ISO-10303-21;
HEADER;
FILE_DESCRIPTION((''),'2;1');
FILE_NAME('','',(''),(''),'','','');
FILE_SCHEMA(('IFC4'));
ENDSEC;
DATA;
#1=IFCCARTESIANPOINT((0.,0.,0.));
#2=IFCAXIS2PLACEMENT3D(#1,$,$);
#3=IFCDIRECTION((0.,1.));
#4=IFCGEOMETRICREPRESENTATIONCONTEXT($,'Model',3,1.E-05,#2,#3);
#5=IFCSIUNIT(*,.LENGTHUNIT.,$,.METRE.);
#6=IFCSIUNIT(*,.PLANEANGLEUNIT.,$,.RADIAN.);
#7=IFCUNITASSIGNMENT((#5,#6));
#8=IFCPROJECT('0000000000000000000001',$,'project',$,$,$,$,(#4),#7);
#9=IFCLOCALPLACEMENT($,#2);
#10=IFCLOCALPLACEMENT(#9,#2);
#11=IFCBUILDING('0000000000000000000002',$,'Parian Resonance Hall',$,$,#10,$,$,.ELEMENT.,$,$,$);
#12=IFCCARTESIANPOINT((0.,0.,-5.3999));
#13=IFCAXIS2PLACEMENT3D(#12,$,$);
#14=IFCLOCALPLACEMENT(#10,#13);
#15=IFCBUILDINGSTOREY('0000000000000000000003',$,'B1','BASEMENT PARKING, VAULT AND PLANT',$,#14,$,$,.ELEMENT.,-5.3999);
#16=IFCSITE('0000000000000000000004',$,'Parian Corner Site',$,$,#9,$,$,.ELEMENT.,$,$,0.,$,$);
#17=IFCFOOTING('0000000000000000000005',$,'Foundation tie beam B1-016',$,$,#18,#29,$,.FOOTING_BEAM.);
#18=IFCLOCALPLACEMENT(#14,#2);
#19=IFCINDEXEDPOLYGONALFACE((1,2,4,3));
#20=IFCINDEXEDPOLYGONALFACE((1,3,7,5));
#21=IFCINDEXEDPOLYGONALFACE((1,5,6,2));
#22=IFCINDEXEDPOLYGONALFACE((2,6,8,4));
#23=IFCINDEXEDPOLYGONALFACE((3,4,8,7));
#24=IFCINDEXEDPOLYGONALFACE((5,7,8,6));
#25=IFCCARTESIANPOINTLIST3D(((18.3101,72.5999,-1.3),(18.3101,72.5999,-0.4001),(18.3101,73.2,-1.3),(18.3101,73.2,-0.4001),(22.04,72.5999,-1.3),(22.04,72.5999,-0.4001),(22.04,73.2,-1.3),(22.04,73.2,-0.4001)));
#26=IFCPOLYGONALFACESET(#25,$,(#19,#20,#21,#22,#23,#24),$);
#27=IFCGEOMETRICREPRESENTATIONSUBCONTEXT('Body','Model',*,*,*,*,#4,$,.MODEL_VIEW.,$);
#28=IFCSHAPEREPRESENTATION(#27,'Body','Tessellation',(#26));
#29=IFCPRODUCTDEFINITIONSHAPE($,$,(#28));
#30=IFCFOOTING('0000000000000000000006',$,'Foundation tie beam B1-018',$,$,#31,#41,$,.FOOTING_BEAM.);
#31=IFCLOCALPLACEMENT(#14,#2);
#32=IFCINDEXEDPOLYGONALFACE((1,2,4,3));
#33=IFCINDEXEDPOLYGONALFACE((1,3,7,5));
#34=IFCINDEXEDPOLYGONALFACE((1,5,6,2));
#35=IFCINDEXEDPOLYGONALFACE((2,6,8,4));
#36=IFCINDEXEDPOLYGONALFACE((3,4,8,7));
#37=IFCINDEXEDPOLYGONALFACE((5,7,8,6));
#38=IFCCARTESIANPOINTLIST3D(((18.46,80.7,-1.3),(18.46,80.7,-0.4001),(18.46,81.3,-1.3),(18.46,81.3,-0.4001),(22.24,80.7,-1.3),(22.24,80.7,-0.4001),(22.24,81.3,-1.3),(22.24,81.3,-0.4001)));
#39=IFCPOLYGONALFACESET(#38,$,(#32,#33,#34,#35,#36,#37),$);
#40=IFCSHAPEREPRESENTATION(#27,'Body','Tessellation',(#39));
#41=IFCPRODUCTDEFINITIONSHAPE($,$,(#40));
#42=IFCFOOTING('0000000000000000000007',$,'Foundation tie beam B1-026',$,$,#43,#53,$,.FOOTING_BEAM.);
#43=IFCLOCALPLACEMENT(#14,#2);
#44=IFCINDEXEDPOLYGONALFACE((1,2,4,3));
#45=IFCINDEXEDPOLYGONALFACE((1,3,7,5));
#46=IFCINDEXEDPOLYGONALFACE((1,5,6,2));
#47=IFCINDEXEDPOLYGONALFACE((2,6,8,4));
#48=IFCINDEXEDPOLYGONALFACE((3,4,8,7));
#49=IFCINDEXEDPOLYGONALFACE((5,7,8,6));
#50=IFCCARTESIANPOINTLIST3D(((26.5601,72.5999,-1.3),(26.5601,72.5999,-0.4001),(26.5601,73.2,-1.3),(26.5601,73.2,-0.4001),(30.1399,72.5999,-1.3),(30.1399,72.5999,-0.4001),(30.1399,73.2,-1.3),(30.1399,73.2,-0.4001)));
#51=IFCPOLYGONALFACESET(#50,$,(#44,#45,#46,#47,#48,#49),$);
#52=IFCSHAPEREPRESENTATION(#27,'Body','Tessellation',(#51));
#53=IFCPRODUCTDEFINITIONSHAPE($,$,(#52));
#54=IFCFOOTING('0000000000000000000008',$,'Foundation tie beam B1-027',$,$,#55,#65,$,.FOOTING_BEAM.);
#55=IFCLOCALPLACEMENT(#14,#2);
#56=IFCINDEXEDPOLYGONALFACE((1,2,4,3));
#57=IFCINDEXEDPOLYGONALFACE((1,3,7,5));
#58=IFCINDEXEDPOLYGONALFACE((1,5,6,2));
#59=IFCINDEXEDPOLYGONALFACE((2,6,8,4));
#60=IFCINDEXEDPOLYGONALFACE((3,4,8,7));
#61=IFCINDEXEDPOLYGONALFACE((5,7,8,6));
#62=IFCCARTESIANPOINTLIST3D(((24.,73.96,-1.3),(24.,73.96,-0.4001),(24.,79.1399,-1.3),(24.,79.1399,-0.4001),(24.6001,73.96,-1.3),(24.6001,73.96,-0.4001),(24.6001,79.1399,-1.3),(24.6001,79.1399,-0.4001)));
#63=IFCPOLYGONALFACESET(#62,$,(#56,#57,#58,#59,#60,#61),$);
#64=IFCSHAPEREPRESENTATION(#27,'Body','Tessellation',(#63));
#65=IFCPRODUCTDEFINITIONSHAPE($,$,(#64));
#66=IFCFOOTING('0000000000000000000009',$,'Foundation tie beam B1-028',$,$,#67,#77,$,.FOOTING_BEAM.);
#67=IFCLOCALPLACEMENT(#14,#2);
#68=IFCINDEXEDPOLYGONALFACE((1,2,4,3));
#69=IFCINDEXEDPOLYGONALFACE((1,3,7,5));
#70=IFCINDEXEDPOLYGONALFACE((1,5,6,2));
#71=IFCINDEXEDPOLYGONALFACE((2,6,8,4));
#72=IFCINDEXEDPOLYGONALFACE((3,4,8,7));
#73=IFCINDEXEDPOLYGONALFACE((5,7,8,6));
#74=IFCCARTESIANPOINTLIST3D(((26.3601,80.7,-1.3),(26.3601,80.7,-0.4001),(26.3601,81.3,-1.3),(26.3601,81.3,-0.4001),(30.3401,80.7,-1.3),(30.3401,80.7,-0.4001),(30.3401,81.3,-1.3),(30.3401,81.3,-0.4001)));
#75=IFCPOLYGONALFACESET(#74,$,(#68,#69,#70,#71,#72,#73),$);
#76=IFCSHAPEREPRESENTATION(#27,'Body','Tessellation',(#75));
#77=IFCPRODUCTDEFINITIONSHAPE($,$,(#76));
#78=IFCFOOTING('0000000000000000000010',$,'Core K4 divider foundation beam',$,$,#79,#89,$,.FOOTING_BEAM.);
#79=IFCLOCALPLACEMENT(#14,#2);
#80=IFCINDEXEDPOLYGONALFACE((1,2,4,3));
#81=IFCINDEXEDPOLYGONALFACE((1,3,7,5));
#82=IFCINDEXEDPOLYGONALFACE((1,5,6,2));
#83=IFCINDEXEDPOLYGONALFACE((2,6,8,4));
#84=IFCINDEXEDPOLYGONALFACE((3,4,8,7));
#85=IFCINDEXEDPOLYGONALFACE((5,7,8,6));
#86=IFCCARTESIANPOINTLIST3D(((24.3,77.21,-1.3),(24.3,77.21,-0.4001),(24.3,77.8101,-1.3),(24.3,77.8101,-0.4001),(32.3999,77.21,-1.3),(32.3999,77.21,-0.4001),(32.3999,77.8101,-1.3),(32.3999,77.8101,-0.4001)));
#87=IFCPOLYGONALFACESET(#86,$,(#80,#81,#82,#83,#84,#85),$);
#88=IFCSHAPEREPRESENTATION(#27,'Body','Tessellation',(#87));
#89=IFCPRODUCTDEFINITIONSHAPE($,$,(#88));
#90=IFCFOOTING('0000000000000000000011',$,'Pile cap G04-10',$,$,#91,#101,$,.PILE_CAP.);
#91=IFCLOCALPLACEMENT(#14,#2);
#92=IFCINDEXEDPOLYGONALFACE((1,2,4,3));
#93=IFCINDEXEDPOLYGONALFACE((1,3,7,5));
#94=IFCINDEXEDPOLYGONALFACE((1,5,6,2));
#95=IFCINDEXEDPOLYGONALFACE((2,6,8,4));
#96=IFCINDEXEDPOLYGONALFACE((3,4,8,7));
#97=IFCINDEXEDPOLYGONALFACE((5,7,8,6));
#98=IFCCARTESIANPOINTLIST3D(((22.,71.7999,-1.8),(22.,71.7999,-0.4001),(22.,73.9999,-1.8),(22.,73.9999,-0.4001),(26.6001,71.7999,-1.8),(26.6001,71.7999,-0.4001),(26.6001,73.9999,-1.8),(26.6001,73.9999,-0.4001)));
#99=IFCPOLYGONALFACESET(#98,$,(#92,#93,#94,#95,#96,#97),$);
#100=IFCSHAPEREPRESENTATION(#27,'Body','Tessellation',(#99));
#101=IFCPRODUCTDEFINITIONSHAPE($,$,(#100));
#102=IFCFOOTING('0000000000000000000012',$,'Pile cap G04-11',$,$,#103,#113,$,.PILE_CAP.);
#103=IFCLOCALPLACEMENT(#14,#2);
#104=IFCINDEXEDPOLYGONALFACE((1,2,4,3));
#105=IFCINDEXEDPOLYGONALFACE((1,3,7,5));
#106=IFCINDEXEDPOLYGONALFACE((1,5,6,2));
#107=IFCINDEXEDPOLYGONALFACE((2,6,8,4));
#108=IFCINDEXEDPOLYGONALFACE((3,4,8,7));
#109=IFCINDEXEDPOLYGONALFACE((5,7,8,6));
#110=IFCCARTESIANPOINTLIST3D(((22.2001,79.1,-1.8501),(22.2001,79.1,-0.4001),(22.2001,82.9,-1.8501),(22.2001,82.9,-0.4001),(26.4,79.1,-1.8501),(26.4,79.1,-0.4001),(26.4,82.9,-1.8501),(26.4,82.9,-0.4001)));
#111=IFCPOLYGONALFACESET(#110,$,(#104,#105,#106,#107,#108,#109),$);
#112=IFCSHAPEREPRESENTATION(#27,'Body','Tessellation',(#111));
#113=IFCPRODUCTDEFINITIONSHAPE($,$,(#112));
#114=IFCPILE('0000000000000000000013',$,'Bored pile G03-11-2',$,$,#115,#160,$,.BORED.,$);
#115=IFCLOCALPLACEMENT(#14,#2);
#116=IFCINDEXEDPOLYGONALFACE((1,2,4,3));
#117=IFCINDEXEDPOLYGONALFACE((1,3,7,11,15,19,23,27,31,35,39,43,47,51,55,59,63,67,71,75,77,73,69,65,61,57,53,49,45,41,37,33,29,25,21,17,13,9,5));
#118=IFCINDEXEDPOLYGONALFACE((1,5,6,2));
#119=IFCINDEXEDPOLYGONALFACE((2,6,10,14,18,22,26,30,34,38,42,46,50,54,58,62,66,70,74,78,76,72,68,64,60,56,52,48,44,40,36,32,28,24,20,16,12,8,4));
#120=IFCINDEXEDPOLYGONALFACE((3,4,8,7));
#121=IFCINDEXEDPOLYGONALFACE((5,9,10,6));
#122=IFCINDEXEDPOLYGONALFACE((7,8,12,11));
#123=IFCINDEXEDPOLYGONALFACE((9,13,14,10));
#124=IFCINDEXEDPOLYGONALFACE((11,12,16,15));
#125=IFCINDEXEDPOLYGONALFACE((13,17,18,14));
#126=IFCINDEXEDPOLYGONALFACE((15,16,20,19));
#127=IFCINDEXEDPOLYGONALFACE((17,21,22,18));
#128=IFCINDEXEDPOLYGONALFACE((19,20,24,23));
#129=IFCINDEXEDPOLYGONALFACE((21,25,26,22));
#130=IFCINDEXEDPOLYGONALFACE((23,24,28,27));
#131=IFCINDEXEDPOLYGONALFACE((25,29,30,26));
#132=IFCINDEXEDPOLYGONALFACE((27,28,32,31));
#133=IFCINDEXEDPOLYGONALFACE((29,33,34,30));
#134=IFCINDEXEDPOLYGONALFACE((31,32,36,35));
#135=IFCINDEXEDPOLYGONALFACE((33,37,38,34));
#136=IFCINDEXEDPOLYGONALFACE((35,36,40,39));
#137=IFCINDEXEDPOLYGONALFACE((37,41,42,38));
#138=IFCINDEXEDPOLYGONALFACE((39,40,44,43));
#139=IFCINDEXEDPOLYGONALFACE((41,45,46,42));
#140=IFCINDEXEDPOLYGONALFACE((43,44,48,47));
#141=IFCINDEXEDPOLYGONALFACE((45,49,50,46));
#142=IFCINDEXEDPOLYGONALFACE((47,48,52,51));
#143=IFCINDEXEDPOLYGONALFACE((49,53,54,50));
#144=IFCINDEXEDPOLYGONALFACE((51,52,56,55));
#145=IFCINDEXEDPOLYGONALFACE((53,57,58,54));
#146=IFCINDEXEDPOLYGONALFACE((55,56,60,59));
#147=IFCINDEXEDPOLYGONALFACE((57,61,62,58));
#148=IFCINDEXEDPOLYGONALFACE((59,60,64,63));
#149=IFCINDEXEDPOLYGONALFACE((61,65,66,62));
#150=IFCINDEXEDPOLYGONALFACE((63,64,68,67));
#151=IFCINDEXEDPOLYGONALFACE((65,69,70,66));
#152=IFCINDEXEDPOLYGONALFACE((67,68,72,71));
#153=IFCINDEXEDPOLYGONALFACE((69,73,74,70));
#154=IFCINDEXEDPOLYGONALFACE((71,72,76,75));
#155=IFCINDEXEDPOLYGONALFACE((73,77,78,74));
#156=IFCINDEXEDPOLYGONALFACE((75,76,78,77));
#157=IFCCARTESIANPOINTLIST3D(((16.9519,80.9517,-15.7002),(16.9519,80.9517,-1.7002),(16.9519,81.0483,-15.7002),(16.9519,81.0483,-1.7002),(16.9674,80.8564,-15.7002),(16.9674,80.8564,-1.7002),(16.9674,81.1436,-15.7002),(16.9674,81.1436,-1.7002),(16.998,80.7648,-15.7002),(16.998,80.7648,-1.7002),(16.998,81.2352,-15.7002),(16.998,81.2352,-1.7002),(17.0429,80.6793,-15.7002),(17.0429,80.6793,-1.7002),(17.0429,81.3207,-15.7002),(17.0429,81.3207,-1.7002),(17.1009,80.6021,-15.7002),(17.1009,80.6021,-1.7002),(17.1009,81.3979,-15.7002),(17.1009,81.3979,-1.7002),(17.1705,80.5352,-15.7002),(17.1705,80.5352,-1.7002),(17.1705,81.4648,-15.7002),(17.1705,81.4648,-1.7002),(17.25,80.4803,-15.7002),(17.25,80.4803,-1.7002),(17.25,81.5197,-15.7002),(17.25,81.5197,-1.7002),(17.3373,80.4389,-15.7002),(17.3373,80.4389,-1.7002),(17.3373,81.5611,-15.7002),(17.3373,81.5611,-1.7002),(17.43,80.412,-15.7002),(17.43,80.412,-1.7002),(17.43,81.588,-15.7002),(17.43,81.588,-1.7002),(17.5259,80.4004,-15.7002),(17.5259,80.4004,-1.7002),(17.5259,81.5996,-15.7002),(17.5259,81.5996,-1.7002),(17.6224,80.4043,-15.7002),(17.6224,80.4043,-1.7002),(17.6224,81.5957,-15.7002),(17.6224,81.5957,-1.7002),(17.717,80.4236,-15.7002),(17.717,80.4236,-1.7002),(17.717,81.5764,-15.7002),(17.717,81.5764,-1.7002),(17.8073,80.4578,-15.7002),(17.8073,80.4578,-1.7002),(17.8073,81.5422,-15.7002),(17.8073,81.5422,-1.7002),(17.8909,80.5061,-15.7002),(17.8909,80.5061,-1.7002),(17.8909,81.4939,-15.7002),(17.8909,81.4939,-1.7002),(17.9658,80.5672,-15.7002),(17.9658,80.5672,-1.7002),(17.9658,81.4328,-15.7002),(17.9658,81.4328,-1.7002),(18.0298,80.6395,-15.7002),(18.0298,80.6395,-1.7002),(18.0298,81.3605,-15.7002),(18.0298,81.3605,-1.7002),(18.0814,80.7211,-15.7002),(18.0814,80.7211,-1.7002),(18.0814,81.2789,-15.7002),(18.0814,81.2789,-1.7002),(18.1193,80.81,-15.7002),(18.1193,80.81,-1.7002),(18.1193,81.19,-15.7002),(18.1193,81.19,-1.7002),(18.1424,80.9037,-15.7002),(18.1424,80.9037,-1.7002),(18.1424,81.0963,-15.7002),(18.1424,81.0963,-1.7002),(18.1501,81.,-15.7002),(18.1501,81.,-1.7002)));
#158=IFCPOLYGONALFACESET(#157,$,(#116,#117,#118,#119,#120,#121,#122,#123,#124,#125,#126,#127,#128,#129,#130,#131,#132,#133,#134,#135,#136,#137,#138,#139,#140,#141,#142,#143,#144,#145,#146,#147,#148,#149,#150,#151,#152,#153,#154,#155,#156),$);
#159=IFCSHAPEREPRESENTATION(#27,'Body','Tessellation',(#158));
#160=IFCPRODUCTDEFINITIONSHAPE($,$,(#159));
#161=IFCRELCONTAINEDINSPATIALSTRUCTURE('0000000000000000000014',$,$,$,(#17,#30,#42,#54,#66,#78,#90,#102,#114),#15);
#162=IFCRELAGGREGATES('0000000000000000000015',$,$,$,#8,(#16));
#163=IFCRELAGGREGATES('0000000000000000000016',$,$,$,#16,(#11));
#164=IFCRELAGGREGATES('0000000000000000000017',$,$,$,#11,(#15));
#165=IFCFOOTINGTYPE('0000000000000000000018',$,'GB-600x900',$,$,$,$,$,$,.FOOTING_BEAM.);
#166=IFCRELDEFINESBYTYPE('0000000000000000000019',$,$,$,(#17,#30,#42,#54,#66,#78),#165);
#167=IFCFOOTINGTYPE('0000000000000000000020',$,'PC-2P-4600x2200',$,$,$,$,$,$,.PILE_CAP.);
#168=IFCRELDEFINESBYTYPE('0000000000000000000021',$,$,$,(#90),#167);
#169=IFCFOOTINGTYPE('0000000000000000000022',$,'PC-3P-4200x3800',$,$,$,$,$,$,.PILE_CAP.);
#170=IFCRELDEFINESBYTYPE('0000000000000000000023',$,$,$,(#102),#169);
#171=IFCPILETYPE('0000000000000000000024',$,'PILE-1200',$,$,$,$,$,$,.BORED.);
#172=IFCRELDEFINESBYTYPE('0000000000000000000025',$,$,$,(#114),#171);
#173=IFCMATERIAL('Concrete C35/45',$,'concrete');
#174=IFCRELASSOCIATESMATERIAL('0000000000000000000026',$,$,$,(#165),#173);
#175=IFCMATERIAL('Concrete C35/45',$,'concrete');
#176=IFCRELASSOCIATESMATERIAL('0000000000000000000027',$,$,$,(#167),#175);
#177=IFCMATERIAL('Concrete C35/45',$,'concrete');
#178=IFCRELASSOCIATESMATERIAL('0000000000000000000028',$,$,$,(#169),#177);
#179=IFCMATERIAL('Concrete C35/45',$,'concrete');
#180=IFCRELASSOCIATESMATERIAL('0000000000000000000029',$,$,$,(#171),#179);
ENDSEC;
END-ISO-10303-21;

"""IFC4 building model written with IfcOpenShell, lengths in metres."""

from ifc_helpers import new_model, si_unit, direction, frame, origin, origin_2d, place, context, subcontext, project, spatial, rectangle, circle, extrude, material, material_profile, profile_set, type_object, element, save


model = new_model("IFC4")

# Units and contexts
model_context = context("Model", 3, precision=1e-05, world=origin(), true_north=direction((0.0, 1.0)))
body_context = subcontext(model_context, "Body", "Model", "MODEL_VIEW")
ifc_project = project(units=[si_unit("LENGTHUNIT", "METRE"), si_unit("PLANEANGLEUNIT", "RADIAN")], contexts=[model_context])

# Site, building, storey
site_placement = place(None, origin())
site = spatial("IfcSite", under=ifc_project, at=site_placement, Name="Parian Corner Site", CompositionType="ELEMENT", RefElevation=0.0)
building_placement = place(site_placement, origin())
building = spatial("IfcBuilding", under=site, at=building_placement, Name="Parian Resonance Hall", CompositionType="ELEMENT")
storey_placement = place(building_placement, frame((0.0, 0.0, -5.3999)))
storey = spatial("IfcBuildingStorey", under=building, at=storey_placement, Name="B1", Description="BASEMENT PARKING, VAULT AND PLANT", CompositionType="ELEMENT", Elevation=-5.3999)

# Footings
ifc_material_1 = material(Name="Concrete C35/45", Category="concrete")
ifc_material_profile_1 = material_profile(ifc_material_1, rectangle(XDim=0.6001, YDim=0.8999, at=origin_2d()), Name="RC-GB-600x900")
ifc_profile_set_1 = profile_set([ifc_material_profile_1], Name="Concrete C35/45")
footing_type_1 = type_object("IfcFootingType", Name="GB-600x900", PredefinedType="FOOTING_BEAM", material=ifc_profile_set_1)
footing_1_placement = place(storey_placement, frame((18.3101, 72.8999, -0.8501), z_axis=(1.0, 0.0, 0.0), x_axis=(0.0, 1.0, 0.0)))
element("IfcFooting", 1, at=footing_1_placement, inside=storey, type_object=footing_type_1, Name="Foundation tie beam B1-016", PredefinedType="FOOTING_BEAM", context=body_context, shape_type="SweptSolid", body=[
    extrude(rectangle(XDim=0.6001, YDim=0.8999, at=origin_2d()), origin(), (0.0, 0.0, 1.0), 3.73),
])
footing_2_placement = place(storey_placement, frame((18.46, 81.0, -0.8501), z_axis=(1.0, 0.0, 0.0), x_axis=(0.0, 1.0, 0.0)))
element("IfcFooting", 2, at=footing_2_placement, inside=storey, type_object=footing_type_1, Name="Foundation tie beam B1-018", PredefinedType="FOOTING_BEAM", context=body_context, shape_type="SweptSolid", body=[
    extrude(rectangle(XDim=0.6001, YDim=0.8999, at=origin_2d()), origin(), (0.0, 0.0, 1.0), 3.78),
])
footing_3_placement = place(storey_placement, frame((26.5601, 72.8999, -0.8501), z_axis=(1.0, 0.0, 0.0), x_axis=(0.0, 1.0, 0.0)))
element("IfcFooting", 3, at=footing_3_placement, inside=storey, type_object=footing_type_1, Name="Foundation tie beam B1-026", PredefinedType="FOOTING_BEAM", context=body_context, shape_type="SweptSolid", body=[
    extrude(rectangle(XDim=0.6001, YDim=0.8999, at=origin_2d()), origin(), (0.0, 0.0, 1.0), 3.5798),
])
footing_4_placement = place(storey_placement, frame((24.3, 73.96, -0.8501), z_axis=(0.0, 1.0, 0.0), x_axis=(-1.0, 0.0, 0.0)))
element("IfcFooting", 4, at=footing_4_placement, inside=storey, type_object=footing_type_1, Name="Foundation tie beam B1-027", PredefinedType="FOOTING_BEAM", context=body_context, shape_type="SweptSolid", body=[
    extrude(rectangle(XDim=0.6001, YDim=0.8999, at=origin_2d()), origin(), (0.0, 0.0, 1.0), 5.1799),
])
footing_5_placement = place(storey_placement, frame((26.3601, 81.0, -0.8501), z_axis=(1.0, 0.0, 0.0), x_axis=(0.0, 1.0, 0.0)))
element("IfcFooting", 5, at=footing_5_placement, inside=storey, type_object=footing_type_1, Name="Foundation tie beam B1-028", PredefinedType="FOOTING_BEAM", context=body_context, shape_type="SweptSolid", body=[
    extrude(rectangle(XDim=0.6001, YDim=0.8999, at=origin_2d()), origin(), (0.0, 0.0, 1.0), 3.98),
])
footing_6_placement = place(storey_placement, frame((24.3, 77.51, -0.8501), z_axis=(1.0, 0.0, 0.0), x_axis=(0.0, 1.0, 0.0)))
element("IfcFooting", 6, at=footing_6_placement, inside=storey, type_object=footing_type_1, Name="Core K4 divider foundation beam", PredefinedType="FOOTING_BEAM", context=body_context, shape_type="SweptSolid", body=[
    extrude(rectangle(XDim=0.6001, YDim=0.8999, at=origin_2d()), origin(), (0.0, 0.0, 1.0), 8.0999),
])
ifc_material_2 = material(Name="Concrete C35/45", Category="concrete")
footing_type_2 = type_object("IfcFootingType", Name="PC-2P-4600x2200", PredefinedType="PILE_CAP", material=ifc_material_2)
footing_7_placement = place(storey_placement, frame((24.3, 72.8999, -1.8), z_axis=(0.0, 0.0, 1.0), x_axis=(1.0, 0.0, 0.0)))
element("IfcFooting", 7, at=footing_7_placement, inside=storey, type_object=footing_type_2, Name="Pile cap G04-10", PredefinedType="PILE_CAP", context=body_context, shape_type="SweptSolid", body=[
    extrude(rectangle(XDim=4.6001, YDim=2.2, at=origin_2d()), origin(), (0.0, 0.0, 1.0), 1.3999),
])
ifc_material_3 = material(Name="Concrete C35/45", Category="concrete")
footing_type_3 = type_object("IfcFootingType", Name="PC-3P-4200x3800", PredefinedType="PILE_CAP", material=ifc_material_3)
footing_8_placement = place(storey_placement, frame((24.3, 81.0, -1.8501), z_axis=(0.0, 0.0, 1.0), x_axis=(1.0, 0.0, 0.0)))
element("IfcFooting", 8, at=footing_8_placement, inside=storey, type_object=footing_type_3, Name="Pile cap G04-11", PredefinedType="PILE_CAP", context=body_context, shape_type="SweptSolid", body=[
    extrude(rectangle(XDim=4.2, YDim=3.8, at=origin_2d()), origin(), (0.0, 0.0, 1.0), 1.45),
])

# Pile
ifc_material_4 = material(Name="Concrete C35/45", Category="concrete")
ifc_material_profile_2 = material_profile(ifc_material_4, circle(Radius=0.6001, at=origin_2d()), Name="PILE-D1200")
ifc_profile_set_2 = profile_set([ifc_material_profile_2], Name="Concrete C35/45")
pile_type_1 = type_object("IfcPileType", Name="PILE-1200", PredefinedType="BORED", material=ifc_profile_set_2)
for number, where, z_axis, x_axis, name in (
    (9, (17.55, 81.0, -1.7002), (0.0, 0.0, -1.0), (1.0, 0.0, 0.0), "Bored pile G03-11-2"),
):
    element("IfcPile", number, at=place(storey_placement, frame(where, z_axis=z_axis, x_axis=x_axis)), inside=storey, type_object=pile_type_1, Name=name, PredefinedType="BORED", context=body_context, shape_type="SweptSolid", body=[
        extrude(circle(Radius=0.6001, at=origin_2d()), origin(), (0.0, 0.0, 1.0), 14.0),
    ])

save(model, "model.ifc")
